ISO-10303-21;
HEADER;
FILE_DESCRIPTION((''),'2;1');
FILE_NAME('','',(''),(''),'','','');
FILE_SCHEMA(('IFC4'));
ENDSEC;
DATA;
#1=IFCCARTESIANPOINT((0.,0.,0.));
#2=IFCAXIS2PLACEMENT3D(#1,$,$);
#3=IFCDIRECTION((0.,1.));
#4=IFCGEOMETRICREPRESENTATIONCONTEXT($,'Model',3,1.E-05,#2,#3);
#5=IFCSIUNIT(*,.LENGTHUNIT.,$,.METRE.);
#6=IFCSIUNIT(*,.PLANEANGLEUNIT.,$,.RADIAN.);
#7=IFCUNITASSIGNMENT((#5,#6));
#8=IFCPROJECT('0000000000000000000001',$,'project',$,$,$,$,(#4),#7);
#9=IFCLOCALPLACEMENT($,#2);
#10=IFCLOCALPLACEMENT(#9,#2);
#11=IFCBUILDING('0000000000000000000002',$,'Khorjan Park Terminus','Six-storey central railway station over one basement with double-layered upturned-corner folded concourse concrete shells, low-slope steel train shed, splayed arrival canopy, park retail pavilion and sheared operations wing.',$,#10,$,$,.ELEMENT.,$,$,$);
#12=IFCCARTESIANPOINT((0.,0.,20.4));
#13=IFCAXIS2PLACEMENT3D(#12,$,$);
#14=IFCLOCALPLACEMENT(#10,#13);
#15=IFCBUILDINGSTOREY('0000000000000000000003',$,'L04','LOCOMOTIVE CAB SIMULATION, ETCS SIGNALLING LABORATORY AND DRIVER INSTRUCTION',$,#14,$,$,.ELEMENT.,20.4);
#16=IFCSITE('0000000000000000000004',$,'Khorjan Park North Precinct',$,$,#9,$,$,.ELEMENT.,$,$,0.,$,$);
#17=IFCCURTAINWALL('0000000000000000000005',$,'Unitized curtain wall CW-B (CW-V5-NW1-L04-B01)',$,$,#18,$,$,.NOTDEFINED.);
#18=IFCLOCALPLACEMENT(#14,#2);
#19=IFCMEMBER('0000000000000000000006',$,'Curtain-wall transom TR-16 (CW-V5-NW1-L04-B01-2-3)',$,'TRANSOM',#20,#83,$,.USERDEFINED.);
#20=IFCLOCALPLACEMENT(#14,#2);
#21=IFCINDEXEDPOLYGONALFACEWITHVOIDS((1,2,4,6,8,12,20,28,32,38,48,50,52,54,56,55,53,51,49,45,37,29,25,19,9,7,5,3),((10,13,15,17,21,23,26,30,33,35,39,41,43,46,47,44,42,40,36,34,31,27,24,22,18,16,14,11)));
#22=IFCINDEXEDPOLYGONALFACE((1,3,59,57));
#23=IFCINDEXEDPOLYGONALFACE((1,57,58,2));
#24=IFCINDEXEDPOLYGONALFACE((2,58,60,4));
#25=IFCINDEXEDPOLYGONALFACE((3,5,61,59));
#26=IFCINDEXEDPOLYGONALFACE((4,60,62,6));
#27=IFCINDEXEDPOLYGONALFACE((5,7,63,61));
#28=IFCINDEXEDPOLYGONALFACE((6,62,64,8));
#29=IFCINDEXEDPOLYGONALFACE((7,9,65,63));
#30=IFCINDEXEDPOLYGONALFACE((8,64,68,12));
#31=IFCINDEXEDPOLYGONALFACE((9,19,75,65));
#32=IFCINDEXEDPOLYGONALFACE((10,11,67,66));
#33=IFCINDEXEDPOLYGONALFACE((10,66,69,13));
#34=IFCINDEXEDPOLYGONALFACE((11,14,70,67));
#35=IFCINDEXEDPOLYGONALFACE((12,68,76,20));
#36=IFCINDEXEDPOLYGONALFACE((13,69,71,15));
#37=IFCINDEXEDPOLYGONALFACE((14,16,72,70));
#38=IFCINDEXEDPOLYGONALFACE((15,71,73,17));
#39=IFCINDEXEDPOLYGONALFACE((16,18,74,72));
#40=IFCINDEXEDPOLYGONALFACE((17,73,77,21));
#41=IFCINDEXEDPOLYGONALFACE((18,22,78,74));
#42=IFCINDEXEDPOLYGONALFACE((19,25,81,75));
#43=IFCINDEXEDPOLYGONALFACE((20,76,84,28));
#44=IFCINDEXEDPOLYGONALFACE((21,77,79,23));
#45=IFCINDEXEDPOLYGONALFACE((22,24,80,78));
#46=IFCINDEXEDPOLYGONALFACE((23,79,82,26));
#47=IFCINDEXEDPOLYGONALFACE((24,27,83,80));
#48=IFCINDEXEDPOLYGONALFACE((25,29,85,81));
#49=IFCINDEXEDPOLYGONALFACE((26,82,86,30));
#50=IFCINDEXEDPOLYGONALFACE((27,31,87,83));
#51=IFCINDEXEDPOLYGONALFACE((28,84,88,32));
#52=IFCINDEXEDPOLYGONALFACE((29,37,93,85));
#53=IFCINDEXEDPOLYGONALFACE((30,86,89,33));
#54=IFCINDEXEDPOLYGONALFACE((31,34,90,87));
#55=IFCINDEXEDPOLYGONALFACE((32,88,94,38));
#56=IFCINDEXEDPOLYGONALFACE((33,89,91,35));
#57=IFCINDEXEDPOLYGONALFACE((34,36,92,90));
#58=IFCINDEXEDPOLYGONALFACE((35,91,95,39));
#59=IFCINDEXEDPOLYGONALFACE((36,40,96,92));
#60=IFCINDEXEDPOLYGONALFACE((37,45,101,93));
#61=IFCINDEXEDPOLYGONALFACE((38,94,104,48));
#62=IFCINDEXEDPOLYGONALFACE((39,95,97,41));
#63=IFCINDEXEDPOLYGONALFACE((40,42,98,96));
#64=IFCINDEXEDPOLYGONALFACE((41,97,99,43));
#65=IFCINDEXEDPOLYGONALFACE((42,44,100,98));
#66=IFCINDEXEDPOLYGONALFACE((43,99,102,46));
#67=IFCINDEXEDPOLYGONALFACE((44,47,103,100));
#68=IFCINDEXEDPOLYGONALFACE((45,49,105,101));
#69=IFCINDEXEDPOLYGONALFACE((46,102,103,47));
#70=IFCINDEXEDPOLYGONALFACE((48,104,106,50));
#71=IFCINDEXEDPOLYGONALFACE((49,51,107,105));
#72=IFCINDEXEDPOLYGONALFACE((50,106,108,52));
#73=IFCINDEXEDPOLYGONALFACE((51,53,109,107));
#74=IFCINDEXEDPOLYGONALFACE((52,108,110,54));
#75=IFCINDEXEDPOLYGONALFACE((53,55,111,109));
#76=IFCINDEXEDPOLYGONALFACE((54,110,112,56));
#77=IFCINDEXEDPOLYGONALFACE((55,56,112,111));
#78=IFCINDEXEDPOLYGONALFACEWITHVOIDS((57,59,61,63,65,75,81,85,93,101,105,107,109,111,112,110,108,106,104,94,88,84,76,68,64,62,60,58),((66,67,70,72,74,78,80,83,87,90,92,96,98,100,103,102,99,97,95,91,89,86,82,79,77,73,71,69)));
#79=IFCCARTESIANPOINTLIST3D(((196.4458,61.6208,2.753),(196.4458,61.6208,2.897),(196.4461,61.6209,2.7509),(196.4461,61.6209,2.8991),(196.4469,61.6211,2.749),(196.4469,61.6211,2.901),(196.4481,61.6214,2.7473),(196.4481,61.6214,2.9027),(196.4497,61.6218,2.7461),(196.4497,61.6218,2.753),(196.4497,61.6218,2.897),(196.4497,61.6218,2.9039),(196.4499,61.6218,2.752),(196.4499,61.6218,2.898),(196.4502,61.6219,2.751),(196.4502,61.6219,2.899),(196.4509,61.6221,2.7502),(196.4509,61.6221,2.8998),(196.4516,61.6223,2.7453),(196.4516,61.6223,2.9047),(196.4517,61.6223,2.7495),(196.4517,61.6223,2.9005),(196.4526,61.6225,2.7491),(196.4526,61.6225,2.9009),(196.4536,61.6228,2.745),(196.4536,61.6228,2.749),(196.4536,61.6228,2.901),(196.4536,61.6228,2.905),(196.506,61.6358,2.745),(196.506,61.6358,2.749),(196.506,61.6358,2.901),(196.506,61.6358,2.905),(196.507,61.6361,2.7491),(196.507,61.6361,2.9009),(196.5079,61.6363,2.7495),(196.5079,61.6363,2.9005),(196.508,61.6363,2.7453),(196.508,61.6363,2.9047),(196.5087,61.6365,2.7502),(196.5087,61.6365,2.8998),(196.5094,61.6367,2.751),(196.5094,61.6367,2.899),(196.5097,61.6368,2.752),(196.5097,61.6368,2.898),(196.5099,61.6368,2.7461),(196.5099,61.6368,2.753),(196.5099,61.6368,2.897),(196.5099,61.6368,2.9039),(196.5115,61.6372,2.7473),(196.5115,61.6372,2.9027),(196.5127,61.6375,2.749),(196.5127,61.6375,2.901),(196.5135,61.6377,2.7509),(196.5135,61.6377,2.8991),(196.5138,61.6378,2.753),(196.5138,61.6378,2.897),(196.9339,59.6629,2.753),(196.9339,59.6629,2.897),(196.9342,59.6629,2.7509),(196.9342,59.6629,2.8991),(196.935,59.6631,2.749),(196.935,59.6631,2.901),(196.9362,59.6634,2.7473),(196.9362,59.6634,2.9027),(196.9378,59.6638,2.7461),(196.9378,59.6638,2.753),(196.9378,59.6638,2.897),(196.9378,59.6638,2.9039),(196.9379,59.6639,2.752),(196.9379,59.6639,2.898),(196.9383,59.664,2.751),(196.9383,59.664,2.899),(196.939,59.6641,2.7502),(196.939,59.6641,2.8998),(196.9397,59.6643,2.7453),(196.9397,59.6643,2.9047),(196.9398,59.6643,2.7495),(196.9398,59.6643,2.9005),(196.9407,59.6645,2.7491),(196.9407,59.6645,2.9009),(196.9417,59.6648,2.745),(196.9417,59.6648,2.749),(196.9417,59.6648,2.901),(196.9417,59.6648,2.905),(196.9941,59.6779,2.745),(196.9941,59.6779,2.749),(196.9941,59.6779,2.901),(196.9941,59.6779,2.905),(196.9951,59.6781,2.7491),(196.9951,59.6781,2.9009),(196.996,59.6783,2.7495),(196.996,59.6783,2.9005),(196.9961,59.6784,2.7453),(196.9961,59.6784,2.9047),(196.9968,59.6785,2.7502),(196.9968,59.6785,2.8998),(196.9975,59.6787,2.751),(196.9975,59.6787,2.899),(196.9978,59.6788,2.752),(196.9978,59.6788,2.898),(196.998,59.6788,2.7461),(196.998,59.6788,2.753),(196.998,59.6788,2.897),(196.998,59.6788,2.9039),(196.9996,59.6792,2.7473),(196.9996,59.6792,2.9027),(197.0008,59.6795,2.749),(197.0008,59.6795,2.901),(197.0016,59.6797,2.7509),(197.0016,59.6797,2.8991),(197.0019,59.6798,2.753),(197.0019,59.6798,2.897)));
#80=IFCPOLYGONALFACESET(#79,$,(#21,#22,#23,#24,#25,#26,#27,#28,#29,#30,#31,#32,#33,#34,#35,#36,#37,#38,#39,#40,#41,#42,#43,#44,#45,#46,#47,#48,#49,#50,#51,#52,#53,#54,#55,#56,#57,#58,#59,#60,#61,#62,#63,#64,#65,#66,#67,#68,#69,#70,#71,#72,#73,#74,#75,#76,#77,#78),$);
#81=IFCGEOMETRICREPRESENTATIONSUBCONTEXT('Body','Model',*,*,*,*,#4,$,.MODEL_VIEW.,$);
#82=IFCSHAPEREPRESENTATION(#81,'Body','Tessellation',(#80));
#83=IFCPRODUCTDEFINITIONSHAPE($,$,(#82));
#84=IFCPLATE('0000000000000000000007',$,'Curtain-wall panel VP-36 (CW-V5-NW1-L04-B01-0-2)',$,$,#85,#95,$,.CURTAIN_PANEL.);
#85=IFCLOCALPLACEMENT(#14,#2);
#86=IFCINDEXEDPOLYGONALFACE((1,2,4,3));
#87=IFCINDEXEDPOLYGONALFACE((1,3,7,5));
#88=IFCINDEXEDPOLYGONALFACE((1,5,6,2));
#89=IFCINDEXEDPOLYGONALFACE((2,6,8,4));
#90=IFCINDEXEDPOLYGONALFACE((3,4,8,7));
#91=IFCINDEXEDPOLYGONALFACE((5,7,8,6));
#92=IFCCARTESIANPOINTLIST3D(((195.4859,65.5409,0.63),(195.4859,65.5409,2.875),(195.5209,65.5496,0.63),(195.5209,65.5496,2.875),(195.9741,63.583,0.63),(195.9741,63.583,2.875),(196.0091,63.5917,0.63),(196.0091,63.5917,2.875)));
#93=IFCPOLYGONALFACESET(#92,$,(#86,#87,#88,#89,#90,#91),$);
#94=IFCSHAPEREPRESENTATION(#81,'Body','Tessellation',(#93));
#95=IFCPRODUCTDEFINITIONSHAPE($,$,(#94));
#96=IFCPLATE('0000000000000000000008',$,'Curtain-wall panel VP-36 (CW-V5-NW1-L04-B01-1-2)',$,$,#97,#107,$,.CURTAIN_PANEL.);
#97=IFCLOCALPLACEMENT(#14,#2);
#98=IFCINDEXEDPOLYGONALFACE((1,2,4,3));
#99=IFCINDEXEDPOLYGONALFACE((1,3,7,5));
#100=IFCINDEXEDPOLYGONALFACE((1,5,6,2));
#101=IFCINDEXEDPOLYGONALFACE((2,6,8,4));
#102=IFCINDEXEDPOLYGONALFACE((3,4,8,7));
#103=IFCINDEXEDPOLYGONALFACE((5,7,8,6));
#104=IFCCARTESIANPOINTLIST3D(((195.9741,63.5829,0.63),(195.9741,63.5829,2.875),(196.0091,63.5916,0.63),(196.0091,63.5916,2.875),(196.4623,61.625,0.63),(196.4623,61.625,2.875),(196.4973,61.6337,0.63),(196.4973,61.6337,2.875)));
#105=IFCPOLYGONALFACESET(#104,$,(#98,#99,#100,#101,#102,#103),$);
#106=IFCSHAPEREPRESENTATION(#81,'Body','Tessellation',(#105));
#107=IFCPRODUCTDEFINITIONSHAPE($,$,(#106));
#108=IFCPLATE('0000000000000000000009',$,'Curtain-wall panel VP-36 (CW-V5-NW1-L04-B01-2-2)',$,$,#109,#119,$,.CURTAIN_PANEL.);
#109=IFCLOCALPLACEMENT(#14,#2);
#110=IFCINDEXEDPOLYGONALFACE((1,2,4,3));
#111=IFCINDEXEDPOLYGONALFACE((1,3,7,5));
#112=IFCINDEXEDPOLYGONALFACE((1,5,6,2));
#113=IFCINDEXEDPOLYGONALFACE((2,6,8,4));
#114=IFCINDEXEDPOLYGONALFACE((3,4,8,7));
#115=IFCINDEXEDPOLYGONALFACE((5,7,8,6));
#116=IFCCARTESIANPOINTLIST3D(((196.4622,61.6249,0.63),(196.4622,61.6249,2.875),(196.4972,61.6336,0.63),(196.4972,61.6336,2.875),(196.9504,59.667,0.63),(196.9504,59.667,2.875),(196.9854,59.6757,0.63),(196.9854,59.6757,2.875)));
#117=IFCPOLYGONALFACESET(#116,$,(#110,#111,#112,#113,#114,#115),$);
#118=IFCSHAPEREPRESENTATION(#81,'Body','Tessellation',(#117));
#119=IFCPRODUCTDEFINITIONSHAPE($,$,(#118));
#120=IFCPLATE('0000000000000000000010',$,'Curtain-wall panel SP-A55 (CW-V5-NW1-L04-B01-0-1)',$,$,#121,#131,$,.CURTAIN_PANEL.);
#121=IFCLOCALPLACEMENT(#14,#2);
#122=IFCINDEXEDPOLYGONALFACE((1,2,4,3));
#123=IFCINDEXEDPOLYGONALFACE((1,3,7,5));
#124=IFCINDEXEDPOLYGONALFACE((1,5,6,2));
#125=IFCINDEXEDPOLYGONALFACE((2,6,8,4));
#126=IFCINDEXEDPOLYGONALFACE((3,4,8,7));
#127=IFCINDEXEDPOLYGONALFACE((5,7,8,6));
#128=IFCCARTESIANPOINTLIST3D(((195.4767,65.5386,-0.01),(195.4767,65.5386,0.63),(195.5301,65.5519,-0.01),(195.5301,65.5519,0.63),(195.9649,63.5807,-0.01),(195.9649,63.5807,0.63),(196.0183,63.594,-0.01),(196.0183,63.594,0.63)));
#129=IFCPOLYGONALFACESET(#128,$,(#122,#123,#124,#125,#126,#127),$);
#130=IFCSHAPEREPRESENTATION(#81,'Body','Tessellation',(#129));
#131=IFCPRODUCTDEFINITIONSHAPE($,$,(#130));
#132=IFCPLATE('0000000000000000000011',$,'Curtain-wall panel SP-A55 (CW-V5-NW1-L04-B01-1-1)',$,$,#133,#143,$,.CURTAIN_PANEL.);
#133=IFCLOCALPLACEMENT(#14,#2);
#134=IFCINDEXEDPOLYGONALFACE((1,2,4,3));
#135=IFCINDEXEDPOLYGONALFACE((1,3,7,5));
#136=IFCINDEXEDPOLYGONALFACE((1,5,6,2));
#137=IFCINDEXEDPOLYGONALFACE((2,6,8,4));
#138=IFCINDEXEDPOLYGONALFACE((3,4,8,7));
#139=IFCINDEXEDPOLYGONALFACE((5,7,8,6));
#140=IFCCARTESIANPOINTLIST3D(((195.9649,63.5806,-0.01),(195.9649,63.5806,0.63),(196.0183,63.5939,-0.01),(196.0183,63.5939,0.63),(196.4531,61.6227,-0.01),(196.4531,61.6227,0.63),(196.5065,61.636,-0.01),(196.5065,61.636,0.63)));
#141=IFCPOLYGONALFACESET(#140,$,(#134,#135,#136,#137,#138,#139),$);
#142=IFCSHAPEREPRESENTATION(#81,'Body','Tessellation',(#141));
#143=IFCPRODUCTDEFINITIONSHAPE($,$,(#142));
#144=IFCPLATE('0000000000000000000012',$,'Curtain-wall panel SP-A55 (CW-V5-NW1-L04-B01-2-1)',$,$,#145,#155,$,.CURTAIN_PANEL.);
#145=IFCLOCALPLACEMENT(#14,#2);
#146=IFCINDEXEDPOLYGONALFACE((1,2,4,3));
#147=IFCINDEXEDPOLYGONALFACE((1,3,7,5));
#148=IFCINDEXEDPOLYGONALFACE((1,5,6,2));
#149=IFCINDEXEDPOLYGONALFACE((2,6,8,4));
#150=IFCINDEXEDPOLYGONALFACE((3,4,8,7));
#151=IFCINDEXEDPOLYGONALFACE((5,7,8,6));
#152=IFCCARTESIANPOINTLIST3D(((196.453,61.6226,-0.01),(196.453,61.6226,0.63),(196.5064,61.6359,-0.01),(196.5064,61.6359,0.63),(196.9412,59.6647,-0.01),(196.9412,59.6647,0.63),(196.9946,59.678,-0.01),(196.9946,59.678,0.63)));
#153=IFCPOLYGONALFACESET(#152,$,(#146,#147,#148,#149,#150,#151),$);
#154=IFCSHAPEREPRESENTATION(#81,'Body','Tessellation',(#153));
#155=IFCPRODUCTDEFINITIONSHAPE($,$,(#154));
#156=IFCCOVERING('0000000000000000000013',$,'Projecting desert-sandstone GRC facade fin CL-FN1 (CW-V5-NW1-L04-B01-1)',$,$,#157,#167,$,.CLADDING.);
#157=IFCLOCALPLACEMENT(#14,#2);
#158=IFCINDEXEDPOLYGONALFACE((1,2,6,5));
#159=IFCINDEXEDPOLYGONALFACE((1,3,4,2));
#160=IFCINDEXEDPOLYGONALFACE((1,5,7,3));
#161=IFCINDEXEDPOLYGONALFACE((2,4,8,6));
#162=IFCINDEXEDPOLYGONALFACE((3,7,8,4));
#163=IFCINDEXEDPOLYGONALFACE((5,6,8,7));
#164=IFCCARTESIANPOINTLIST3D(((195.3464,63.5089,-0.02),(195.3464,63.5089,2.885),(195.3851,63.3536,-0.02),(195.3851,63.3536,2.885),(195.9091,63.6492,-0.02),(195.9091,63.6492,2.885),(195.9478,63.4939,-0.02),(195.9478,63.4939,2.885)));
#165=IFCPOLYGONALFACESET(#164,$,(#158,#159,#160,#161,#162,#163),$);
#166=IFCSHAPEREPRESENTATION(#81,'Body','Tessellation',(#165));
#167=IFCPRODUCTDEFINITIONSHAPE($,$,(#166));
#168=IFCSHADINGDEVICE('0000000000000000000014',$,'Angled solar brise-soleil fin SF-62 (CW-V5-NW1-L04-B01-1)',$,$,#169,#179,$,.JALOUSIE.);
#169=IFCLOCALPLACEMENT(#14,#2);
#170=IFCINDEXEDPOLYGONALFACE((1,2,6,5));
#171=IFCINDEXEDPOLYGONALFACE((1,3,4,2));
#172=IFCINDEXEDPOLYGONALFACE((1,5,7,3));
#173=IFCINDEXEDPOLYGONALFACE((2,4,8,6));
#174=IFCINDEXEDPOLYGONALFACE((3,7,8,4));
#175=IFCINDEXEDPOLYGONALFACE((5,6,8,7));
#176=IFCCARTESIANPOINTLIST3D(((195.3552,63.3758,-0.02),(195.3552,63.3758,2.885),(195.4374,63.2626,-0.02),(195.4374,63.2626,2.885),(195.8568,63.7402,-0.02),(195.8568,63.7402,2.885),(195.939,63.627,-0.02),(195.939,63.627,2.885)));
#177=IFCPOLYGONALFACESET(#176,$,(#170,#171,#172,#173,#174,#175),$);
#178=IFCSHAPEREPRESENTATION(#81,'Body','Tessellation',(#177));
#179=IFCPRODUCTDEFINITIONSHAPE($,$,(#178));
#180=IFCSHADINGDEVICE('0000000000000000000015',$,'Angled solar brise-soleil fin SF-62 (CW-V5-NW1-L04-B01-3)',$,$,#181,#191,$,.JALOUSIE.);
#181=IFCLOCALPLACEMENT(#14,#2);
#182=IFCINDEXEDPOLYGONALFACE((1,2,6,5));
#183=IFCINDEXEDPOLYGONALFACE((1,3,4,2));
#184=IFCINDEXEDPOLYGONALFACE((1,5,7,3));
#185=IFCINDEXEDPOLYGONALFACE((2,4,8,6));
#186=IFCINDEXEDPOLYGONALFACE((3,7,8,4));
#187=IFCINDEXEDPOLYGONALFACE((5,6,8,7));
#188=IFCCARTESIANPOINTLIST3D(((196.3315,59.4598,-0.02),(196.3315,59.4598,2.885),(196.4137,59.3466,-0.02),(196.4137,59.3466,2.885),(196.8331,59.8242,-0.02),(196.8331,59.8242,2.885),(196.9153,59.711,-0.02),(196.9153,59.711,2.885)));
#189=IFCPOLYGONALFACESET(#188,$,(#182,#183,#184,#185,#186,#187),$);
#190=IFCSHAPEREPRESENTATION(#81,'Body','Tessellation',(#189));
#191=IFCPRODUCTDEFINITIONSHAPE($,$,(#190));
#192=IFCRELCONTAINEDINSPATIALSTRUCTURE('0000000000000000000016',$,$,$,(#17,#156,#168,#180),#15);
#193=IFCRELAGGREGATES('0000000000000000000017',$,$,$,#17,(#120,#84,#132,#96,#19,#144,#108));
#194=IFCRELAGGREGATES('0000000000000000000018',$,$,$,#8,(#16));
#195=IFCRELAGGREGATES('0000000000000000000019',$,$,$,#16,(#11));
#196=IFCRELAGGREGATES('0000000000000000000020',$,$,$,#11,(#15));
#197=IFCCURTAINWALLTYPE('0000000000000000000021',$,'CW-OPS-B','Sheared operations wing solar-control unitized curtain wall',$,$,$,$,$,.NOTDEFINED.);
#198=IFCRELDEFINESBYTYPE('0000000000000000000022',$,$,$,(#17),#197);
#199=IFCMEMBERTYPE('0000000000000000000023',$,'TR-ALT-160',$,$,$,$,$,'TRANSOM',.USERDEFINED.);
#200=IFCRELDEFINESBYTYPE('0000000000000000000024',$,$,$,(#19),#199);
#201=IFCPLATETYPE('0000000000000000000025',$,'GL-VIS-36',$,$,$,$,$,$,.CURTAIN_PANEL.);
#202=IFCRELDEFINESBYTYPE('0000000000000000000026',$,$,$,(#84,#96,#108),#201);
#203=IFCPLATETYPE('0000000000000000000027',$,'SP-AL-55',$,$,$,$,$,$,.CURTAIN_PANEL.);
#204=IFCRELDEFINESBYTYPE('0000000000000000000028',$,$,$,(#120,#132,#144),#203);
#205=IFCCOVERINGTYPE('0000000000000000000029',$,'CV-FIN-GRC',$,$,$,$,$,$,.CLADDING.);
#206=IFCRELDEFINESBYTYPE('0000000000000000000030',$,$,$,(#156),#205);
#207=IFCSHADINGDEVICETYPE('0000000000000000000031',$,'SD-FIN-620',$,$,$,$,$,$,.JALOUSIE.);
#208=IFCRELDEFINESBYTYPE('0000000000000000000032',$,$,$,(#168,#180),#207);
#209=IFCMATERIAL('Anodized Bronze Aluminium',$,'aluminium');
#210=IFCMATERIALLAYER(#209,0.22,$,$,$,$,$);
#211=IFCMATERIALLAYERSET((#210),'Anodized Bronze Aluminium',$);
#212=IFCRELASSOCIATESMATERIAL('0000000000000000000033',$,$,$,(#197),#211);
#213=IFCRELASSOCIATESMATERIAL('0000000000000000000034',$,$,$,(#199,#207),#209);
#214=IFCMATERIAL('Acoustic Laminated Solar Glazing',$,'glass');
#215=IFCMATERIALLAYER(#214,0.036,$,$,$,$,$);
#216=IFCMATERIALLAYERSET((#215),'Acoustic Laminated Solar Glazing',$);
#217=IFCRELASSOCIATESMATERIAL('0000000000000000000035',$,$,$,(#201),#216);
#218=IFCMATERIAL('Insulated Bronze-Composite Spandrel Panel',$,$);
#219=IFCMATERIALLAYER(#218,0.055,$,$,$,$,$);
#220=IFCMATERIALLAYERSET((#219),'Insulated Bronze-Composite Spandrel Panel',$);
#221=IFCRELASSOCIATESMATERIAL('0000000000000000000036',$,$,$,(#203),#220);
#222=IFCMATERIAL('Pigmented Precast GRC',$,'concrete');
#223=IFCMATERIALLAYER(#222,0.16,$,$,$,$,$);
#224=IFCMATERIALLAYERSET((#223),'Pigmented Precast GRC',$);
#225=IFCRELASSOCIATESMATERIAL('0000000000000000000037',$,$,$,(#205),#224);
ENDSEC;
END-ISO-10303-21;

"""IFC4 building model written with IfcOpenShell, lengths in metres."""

from ifc_helpers import new_model, si_unit, direction, frame, origin, origin_2d, place, context, subcontext, project, spatial, rectangle, hollow_rectangle, extrude, material, layer, layer_set, material_profile, profile_set, type_object, element, aggregate, save


model = new_model("IFC4")

# Units and contexts
model_context = context("Model", 3, precision=1e-05, world=origin(), true_north=direction((0.0, 1.0)))
body_context = subcontext(model_context, "Body", "Model", "MODEL_VIEW")
ifc_project = project(units=[si_unit("LENGTHUNIT", "METRE"), si_unit("PLANEANGLEUNIT", "RADIAN")], contexts=[model_context])

# Site, building, storey
site_placement = place(None, origin())
site = spatial("IfcSite", under=ifc_project, at=site_placement, Name="Khorjan Park North Precinct", CompositionType="ELEMENT", RefElevation=0.0)
building_placement = place(site_placement, origin())
building = spatial("IfcBuilding", under=site, at=building_placement, Name="Khorjan Park Terminus", Description="Six-storey central railway station over one basement with double-layered upturned-corner folded concourse concrete shells, low-slope steel train shed, splayed arrival canopy, park retail pavilion and sheared operations wing.", CompositionType="ELEMENT")
storey_placement = place(building_placement, frame((0.0, 0.0, 20.4)))
storey = spatial("IfcBuildingStorey", under=building, at=storey_placement, Name="L04", Description="LOCOMOTIVE CAB SIMULATION, ETCS SIGNALLING LABORATORY AND DRIVER INSTRUCTION", CompositionType="ELEMENT", Elevation=20.4)

# Curtain wall, member, plates
ifc_material_1 = material(Name="Anodized Bronze Aluminium", Category="aluminium")
ifc_layer_1 = layer(ifc_material_1, 0.22)
ifc_layer_set_1 = layer_set([ifc_layer_1], Name="Anodized Bronze Aluminium")
curtain_wall_type = type_object("IfcCurtainWallType", Name="CW-OPS-B", Description="Sheared operations wing solar-control unitized curtain wall", PredefinedType="NOTDEFINED", material=ifc_layer_set_1)
curtain_wall_placement = place(storey_placement, origin())
curtain_wall = element("IfcCurtainWall", 1, at=curtain_wall_placement, inside=storey, type_object=curtain_wall_type, Name="Unitized curtain wall CW-B (CW-V5-NW1-L04-B01)", PredefinedType="NOTDEFINED")
ifc_material_profile_1 = material_profile(ifc_material_1, hollow_rectangle(XDim=0.07, YDim=0.16, WallThickness=0.004, InnerFilletRadius=0.004, OuterFilletRadius=0.008, at=origin_2d()), Name="ALT 70x160x4")
ifc_profile_set_1 = profile_set([ifc_material_profile_1], Name="Anodized Bronze Aluminium")
member_type_1 = type_object("IfcMemberType", Name="TR-ALT-160", ElementType="TRANSOM", PredefinedType="USERDEFINED", material=ifc_profile_set_1)
member_1_placement = place(storey_placement, frame((196.4798, 61.6293, 2.825), z_axis=(0.241883, -0.970306, 0.0), x_axis=(0.970306, 0.241883, 0.0)))
member_1 = element("IfcMember", 2, at=member_1_placement, type_object=member_type_1, Name="Curtain-wall transom TR-16 (CW-V5-NW1-L04-B01-2-3)", ObjectType="TRANSOM", PredefinedType="USERDEFINED", context=body_context, shape_type="SweptSolid", body=[
    extrude(hollow_rectangle(XDim=0.07, YDim=0.16, WallThickness=0.004, InnerFilletRadius=0.004, OuterFilletRadius=0.008, at=origin_2d()), origin(), (0.0, 0.0, 1.0), 2.0179),
])
ifc_material_2 = material(Name="Acoustic Laminated Solar Glazing", Category="glass")
ifc_layer_2 = layer(ifc_material_2, 0.036)
ifc_layer_set_2 = layer_set([ifc_layer_2], Name="Acoustic Laminated Solar Glazing")
plate_type_1 = type_object("IfcPlateType", Name="GL-VIS-36", PredefinedType="CURTAIN_PANEL", material=ifc_layer_set_2)
plate_1_placement = place(storey_placement, frame((195.7475, 64.5663, 0.63), z_axis=(0.0, 0.0, 1.0), x_axis=(0.24192, -0.970296, 0.0)))
plate_1 = element("IfcPlate", 3, at=plate_1_placement, type_object=plate_type_1, Name="Curtain-wall panel VP-36 (CW-V5-NW1-L04-B01-0-2)", PredefinedType="CURTAIN_PANEL", context=body_context, shape_type="SweptSolid", body=[
    extrude(rectangle(XDim=2.0179, YDim=0.036, at=origin_2d()), origin(), (0.0, 0.0, 1.0), 2.245),
])
plate_2_placement = place(storey_placement, frame((196.2357, 62.6083, 0.63), z_axis=(0.0, 0.0, 1.0), x_axis=(0.24192, -0.970296, 0.0)))
plate_2 = element("IfcPlate", 4, at=plate_2_placement, type_object=plate_type_1, Name="Curtain-wall panel VP-36 (CW-V5-NW1-L04-B01-1-2)", PredefinedType="CURTAIN_PANEL", context=body_context, shape_type="SweptSolid", body=[
    extrude(rectangle(XDim=2.0179, YDim=0.036, at=origin_2d()), origin(), (0.0, 0.0, 1.0), 2.245),
])
plate_3_placement = place(storey_placement, frame((196.7238, 60.6503, 0.63), z_axis=(0.0, 0.0, 1.0), x_axis=(0.24192, -0.970296, 0.0)))
plate_3 = element("IfcPlate", 5, at=plate_3_placement, type_object=plate_type_1, Name="Curtain-wall panel VP-36 (CW-V5-NW1-L04-B01-2-2)", PredefinedType="CURTAIN_PANEL", context=body_context, shape_type="SweptSolid", body=[
    extrude(rectangle(XDim=2.0179, YDim=0.036, at=origin_2d()), origin(), (0.0, 0.0, 1.0), 2.245),
])
ifc_material_3 = material(Name="Insulated Bronze-Composite Spandrel Panel")
ifc_layer_3 = layer(ifc_material_3, 0.055)
ifc_layer_set_3 = layer_set([ifc_layer_3], Name="Insulated Bronze-Composite Spandrel Panel")
plate_type_2 = type_object("IfcPlateType", Name="SP-AL-55", PredefinedType="CURTAIN_PANEL", material=ifc_layer_set_3)
plate_4_placement = place(storey_placement, frame((195.7475, 64.5663, -0.01), z_axis=(0.0, 0.0, 1.0), x_axis=(0.24192, -0.970296, 0.0)))
plate_4 = element("IfcPlate", 6, at=plate_4_placement, type_object=plate_type_2, Name="Curtain-wall panel SP-A55 (CW-V5-NW1-L04-B01-0-1)", PredefinedType="CURTAIN_PANEL", context=body_context, shape_type="SweptSolid", body=[
    extrude(rectangle(XDim=2.0179, YDim=0.055, at=origin_2d()), origin(), (0.0, 0.0, 1.0), 0.64),
])
plate_5_placement = place(storey_placement, frame((196.2357, 62.6083, -0.01), z_axis=(0.0, 0.0, 1.0), x_axis=(0.24192, -0.970296, 0.0)))
plate_5 = element("IfcPlate", 7, at=plate_5_placement, type_object=plate_type_2, Name="Curtain-wall panel SP-A55 (CW-V5-NW1-L04-B01-1-1)", PredefinedType="CURTAIN_PANEL", context=body_context, shape_type="SweptSolid", body=[
    extrude(rectangle(XDim=2.0179, YDim=0.055, at=origin_2d()), origin(), (0.0, 0.0, 1.0), 0.64),
])
plate_6_placement = place(storey_placement, frame((196.7238, 60.6503, -0.01), z_axis=(0.0, 0.0, 1.0), x_axis=(0.24192, -0.970296, 0.0)))
plate_6 = element("IfcPlate", 8, at=plate_6_placement, type_object=plate_type_2, Name="Curtain-wall panel SP-A55 (CW-V5-NW1-L04-B01-2-1)", PredefinedType="CURTAIN_PANEL", context=body_context, shape_type="SweptSolid", body=[
    extrude(rectangle(XDim=2.0179, YDim=0.055, at=origin_2d()), origin(), (0.0, 0.0, 1.0), 0.64),
])
aggregate(curtain_wall, [plate_4, plate_1, plate_5, plate_2, member_1, plate_6, plate_3])

# Covering
ifc_material_4 = material(Name="Pigmented Precast GRC", Category="concrete")
ifc_layer_4 = layer(ifc_material_4, 0.16)
ifc_layer_set_4 = layer_set([ifc_layer_4], Name="Pigmented Precast GRC")
covering_type = type_object("IfcCoveringType", Name="CV-FIN-GRC", PredefinedType="CLADDING", material=ifc_layer_set_4)
covering_placement = place(storey_placement, frame((195.6471, 63.5014, -0.02), z_axis=(0.0, 0.0, 1.0), x_axis=(0.970296, 0.241922, 0.0)))
element("IfcCovering", 9, at=covering_placement, inside=storey, type_object=covering_type, Name="Projecting desert-sandstone GRC facade fin CL-FN1 (CW-V5-NW1-L04-B01-1)", PredefinedType="CLADDING", context=body_context, shape_type="SweptSolid", body=[
    extrude(rectangle(XDim=0.58, YDim=0.16, at=origin_2d()), origin(), (0.0, 0.0, 1.0), 2.905),
])

# Shading devices
shading_device_type = type_object("IfcShadingDeviceType", Name="SD-FIN-620", PredefinedType="JALOUSIE", material=ifc_material_1)
for number, where, z_axis, x_axis, name in (
    (10, (195.6471, 63.5014, -0.02), (0.0, 0.0, 1.0), (0.809017, 0.587785, 0.0), "Angled solar brise-soleil fin SF-62 (CW-V5-NW1-L04-B01-1)"),
    (11, (196.6234, 59.5854, -0.02), (0.0, 0.0, 1.0), (0.809017, 0.587785, 0.0), "Angled solar brise-soleil fin SF-62 (CW-V5-NW1-L04-B01-3)"),
):
    element("IfcShadingDevice", number, at=place(storey_placement, frame(where, z_axis=z_axis, x_axis=x_axis)), inside=storey, type_object=shading_device_type, Name=name, PredefinedType="JALOUSIE", context=body_context, shape_type="SweptSolid", body=[
        extrude(rectangle(XDim=0.62, YDim=0.14, at=origin_2d()), origin(), (0.0, 0.0, 1.0), 2.905),
    ])

save(model, "model.ifc")
